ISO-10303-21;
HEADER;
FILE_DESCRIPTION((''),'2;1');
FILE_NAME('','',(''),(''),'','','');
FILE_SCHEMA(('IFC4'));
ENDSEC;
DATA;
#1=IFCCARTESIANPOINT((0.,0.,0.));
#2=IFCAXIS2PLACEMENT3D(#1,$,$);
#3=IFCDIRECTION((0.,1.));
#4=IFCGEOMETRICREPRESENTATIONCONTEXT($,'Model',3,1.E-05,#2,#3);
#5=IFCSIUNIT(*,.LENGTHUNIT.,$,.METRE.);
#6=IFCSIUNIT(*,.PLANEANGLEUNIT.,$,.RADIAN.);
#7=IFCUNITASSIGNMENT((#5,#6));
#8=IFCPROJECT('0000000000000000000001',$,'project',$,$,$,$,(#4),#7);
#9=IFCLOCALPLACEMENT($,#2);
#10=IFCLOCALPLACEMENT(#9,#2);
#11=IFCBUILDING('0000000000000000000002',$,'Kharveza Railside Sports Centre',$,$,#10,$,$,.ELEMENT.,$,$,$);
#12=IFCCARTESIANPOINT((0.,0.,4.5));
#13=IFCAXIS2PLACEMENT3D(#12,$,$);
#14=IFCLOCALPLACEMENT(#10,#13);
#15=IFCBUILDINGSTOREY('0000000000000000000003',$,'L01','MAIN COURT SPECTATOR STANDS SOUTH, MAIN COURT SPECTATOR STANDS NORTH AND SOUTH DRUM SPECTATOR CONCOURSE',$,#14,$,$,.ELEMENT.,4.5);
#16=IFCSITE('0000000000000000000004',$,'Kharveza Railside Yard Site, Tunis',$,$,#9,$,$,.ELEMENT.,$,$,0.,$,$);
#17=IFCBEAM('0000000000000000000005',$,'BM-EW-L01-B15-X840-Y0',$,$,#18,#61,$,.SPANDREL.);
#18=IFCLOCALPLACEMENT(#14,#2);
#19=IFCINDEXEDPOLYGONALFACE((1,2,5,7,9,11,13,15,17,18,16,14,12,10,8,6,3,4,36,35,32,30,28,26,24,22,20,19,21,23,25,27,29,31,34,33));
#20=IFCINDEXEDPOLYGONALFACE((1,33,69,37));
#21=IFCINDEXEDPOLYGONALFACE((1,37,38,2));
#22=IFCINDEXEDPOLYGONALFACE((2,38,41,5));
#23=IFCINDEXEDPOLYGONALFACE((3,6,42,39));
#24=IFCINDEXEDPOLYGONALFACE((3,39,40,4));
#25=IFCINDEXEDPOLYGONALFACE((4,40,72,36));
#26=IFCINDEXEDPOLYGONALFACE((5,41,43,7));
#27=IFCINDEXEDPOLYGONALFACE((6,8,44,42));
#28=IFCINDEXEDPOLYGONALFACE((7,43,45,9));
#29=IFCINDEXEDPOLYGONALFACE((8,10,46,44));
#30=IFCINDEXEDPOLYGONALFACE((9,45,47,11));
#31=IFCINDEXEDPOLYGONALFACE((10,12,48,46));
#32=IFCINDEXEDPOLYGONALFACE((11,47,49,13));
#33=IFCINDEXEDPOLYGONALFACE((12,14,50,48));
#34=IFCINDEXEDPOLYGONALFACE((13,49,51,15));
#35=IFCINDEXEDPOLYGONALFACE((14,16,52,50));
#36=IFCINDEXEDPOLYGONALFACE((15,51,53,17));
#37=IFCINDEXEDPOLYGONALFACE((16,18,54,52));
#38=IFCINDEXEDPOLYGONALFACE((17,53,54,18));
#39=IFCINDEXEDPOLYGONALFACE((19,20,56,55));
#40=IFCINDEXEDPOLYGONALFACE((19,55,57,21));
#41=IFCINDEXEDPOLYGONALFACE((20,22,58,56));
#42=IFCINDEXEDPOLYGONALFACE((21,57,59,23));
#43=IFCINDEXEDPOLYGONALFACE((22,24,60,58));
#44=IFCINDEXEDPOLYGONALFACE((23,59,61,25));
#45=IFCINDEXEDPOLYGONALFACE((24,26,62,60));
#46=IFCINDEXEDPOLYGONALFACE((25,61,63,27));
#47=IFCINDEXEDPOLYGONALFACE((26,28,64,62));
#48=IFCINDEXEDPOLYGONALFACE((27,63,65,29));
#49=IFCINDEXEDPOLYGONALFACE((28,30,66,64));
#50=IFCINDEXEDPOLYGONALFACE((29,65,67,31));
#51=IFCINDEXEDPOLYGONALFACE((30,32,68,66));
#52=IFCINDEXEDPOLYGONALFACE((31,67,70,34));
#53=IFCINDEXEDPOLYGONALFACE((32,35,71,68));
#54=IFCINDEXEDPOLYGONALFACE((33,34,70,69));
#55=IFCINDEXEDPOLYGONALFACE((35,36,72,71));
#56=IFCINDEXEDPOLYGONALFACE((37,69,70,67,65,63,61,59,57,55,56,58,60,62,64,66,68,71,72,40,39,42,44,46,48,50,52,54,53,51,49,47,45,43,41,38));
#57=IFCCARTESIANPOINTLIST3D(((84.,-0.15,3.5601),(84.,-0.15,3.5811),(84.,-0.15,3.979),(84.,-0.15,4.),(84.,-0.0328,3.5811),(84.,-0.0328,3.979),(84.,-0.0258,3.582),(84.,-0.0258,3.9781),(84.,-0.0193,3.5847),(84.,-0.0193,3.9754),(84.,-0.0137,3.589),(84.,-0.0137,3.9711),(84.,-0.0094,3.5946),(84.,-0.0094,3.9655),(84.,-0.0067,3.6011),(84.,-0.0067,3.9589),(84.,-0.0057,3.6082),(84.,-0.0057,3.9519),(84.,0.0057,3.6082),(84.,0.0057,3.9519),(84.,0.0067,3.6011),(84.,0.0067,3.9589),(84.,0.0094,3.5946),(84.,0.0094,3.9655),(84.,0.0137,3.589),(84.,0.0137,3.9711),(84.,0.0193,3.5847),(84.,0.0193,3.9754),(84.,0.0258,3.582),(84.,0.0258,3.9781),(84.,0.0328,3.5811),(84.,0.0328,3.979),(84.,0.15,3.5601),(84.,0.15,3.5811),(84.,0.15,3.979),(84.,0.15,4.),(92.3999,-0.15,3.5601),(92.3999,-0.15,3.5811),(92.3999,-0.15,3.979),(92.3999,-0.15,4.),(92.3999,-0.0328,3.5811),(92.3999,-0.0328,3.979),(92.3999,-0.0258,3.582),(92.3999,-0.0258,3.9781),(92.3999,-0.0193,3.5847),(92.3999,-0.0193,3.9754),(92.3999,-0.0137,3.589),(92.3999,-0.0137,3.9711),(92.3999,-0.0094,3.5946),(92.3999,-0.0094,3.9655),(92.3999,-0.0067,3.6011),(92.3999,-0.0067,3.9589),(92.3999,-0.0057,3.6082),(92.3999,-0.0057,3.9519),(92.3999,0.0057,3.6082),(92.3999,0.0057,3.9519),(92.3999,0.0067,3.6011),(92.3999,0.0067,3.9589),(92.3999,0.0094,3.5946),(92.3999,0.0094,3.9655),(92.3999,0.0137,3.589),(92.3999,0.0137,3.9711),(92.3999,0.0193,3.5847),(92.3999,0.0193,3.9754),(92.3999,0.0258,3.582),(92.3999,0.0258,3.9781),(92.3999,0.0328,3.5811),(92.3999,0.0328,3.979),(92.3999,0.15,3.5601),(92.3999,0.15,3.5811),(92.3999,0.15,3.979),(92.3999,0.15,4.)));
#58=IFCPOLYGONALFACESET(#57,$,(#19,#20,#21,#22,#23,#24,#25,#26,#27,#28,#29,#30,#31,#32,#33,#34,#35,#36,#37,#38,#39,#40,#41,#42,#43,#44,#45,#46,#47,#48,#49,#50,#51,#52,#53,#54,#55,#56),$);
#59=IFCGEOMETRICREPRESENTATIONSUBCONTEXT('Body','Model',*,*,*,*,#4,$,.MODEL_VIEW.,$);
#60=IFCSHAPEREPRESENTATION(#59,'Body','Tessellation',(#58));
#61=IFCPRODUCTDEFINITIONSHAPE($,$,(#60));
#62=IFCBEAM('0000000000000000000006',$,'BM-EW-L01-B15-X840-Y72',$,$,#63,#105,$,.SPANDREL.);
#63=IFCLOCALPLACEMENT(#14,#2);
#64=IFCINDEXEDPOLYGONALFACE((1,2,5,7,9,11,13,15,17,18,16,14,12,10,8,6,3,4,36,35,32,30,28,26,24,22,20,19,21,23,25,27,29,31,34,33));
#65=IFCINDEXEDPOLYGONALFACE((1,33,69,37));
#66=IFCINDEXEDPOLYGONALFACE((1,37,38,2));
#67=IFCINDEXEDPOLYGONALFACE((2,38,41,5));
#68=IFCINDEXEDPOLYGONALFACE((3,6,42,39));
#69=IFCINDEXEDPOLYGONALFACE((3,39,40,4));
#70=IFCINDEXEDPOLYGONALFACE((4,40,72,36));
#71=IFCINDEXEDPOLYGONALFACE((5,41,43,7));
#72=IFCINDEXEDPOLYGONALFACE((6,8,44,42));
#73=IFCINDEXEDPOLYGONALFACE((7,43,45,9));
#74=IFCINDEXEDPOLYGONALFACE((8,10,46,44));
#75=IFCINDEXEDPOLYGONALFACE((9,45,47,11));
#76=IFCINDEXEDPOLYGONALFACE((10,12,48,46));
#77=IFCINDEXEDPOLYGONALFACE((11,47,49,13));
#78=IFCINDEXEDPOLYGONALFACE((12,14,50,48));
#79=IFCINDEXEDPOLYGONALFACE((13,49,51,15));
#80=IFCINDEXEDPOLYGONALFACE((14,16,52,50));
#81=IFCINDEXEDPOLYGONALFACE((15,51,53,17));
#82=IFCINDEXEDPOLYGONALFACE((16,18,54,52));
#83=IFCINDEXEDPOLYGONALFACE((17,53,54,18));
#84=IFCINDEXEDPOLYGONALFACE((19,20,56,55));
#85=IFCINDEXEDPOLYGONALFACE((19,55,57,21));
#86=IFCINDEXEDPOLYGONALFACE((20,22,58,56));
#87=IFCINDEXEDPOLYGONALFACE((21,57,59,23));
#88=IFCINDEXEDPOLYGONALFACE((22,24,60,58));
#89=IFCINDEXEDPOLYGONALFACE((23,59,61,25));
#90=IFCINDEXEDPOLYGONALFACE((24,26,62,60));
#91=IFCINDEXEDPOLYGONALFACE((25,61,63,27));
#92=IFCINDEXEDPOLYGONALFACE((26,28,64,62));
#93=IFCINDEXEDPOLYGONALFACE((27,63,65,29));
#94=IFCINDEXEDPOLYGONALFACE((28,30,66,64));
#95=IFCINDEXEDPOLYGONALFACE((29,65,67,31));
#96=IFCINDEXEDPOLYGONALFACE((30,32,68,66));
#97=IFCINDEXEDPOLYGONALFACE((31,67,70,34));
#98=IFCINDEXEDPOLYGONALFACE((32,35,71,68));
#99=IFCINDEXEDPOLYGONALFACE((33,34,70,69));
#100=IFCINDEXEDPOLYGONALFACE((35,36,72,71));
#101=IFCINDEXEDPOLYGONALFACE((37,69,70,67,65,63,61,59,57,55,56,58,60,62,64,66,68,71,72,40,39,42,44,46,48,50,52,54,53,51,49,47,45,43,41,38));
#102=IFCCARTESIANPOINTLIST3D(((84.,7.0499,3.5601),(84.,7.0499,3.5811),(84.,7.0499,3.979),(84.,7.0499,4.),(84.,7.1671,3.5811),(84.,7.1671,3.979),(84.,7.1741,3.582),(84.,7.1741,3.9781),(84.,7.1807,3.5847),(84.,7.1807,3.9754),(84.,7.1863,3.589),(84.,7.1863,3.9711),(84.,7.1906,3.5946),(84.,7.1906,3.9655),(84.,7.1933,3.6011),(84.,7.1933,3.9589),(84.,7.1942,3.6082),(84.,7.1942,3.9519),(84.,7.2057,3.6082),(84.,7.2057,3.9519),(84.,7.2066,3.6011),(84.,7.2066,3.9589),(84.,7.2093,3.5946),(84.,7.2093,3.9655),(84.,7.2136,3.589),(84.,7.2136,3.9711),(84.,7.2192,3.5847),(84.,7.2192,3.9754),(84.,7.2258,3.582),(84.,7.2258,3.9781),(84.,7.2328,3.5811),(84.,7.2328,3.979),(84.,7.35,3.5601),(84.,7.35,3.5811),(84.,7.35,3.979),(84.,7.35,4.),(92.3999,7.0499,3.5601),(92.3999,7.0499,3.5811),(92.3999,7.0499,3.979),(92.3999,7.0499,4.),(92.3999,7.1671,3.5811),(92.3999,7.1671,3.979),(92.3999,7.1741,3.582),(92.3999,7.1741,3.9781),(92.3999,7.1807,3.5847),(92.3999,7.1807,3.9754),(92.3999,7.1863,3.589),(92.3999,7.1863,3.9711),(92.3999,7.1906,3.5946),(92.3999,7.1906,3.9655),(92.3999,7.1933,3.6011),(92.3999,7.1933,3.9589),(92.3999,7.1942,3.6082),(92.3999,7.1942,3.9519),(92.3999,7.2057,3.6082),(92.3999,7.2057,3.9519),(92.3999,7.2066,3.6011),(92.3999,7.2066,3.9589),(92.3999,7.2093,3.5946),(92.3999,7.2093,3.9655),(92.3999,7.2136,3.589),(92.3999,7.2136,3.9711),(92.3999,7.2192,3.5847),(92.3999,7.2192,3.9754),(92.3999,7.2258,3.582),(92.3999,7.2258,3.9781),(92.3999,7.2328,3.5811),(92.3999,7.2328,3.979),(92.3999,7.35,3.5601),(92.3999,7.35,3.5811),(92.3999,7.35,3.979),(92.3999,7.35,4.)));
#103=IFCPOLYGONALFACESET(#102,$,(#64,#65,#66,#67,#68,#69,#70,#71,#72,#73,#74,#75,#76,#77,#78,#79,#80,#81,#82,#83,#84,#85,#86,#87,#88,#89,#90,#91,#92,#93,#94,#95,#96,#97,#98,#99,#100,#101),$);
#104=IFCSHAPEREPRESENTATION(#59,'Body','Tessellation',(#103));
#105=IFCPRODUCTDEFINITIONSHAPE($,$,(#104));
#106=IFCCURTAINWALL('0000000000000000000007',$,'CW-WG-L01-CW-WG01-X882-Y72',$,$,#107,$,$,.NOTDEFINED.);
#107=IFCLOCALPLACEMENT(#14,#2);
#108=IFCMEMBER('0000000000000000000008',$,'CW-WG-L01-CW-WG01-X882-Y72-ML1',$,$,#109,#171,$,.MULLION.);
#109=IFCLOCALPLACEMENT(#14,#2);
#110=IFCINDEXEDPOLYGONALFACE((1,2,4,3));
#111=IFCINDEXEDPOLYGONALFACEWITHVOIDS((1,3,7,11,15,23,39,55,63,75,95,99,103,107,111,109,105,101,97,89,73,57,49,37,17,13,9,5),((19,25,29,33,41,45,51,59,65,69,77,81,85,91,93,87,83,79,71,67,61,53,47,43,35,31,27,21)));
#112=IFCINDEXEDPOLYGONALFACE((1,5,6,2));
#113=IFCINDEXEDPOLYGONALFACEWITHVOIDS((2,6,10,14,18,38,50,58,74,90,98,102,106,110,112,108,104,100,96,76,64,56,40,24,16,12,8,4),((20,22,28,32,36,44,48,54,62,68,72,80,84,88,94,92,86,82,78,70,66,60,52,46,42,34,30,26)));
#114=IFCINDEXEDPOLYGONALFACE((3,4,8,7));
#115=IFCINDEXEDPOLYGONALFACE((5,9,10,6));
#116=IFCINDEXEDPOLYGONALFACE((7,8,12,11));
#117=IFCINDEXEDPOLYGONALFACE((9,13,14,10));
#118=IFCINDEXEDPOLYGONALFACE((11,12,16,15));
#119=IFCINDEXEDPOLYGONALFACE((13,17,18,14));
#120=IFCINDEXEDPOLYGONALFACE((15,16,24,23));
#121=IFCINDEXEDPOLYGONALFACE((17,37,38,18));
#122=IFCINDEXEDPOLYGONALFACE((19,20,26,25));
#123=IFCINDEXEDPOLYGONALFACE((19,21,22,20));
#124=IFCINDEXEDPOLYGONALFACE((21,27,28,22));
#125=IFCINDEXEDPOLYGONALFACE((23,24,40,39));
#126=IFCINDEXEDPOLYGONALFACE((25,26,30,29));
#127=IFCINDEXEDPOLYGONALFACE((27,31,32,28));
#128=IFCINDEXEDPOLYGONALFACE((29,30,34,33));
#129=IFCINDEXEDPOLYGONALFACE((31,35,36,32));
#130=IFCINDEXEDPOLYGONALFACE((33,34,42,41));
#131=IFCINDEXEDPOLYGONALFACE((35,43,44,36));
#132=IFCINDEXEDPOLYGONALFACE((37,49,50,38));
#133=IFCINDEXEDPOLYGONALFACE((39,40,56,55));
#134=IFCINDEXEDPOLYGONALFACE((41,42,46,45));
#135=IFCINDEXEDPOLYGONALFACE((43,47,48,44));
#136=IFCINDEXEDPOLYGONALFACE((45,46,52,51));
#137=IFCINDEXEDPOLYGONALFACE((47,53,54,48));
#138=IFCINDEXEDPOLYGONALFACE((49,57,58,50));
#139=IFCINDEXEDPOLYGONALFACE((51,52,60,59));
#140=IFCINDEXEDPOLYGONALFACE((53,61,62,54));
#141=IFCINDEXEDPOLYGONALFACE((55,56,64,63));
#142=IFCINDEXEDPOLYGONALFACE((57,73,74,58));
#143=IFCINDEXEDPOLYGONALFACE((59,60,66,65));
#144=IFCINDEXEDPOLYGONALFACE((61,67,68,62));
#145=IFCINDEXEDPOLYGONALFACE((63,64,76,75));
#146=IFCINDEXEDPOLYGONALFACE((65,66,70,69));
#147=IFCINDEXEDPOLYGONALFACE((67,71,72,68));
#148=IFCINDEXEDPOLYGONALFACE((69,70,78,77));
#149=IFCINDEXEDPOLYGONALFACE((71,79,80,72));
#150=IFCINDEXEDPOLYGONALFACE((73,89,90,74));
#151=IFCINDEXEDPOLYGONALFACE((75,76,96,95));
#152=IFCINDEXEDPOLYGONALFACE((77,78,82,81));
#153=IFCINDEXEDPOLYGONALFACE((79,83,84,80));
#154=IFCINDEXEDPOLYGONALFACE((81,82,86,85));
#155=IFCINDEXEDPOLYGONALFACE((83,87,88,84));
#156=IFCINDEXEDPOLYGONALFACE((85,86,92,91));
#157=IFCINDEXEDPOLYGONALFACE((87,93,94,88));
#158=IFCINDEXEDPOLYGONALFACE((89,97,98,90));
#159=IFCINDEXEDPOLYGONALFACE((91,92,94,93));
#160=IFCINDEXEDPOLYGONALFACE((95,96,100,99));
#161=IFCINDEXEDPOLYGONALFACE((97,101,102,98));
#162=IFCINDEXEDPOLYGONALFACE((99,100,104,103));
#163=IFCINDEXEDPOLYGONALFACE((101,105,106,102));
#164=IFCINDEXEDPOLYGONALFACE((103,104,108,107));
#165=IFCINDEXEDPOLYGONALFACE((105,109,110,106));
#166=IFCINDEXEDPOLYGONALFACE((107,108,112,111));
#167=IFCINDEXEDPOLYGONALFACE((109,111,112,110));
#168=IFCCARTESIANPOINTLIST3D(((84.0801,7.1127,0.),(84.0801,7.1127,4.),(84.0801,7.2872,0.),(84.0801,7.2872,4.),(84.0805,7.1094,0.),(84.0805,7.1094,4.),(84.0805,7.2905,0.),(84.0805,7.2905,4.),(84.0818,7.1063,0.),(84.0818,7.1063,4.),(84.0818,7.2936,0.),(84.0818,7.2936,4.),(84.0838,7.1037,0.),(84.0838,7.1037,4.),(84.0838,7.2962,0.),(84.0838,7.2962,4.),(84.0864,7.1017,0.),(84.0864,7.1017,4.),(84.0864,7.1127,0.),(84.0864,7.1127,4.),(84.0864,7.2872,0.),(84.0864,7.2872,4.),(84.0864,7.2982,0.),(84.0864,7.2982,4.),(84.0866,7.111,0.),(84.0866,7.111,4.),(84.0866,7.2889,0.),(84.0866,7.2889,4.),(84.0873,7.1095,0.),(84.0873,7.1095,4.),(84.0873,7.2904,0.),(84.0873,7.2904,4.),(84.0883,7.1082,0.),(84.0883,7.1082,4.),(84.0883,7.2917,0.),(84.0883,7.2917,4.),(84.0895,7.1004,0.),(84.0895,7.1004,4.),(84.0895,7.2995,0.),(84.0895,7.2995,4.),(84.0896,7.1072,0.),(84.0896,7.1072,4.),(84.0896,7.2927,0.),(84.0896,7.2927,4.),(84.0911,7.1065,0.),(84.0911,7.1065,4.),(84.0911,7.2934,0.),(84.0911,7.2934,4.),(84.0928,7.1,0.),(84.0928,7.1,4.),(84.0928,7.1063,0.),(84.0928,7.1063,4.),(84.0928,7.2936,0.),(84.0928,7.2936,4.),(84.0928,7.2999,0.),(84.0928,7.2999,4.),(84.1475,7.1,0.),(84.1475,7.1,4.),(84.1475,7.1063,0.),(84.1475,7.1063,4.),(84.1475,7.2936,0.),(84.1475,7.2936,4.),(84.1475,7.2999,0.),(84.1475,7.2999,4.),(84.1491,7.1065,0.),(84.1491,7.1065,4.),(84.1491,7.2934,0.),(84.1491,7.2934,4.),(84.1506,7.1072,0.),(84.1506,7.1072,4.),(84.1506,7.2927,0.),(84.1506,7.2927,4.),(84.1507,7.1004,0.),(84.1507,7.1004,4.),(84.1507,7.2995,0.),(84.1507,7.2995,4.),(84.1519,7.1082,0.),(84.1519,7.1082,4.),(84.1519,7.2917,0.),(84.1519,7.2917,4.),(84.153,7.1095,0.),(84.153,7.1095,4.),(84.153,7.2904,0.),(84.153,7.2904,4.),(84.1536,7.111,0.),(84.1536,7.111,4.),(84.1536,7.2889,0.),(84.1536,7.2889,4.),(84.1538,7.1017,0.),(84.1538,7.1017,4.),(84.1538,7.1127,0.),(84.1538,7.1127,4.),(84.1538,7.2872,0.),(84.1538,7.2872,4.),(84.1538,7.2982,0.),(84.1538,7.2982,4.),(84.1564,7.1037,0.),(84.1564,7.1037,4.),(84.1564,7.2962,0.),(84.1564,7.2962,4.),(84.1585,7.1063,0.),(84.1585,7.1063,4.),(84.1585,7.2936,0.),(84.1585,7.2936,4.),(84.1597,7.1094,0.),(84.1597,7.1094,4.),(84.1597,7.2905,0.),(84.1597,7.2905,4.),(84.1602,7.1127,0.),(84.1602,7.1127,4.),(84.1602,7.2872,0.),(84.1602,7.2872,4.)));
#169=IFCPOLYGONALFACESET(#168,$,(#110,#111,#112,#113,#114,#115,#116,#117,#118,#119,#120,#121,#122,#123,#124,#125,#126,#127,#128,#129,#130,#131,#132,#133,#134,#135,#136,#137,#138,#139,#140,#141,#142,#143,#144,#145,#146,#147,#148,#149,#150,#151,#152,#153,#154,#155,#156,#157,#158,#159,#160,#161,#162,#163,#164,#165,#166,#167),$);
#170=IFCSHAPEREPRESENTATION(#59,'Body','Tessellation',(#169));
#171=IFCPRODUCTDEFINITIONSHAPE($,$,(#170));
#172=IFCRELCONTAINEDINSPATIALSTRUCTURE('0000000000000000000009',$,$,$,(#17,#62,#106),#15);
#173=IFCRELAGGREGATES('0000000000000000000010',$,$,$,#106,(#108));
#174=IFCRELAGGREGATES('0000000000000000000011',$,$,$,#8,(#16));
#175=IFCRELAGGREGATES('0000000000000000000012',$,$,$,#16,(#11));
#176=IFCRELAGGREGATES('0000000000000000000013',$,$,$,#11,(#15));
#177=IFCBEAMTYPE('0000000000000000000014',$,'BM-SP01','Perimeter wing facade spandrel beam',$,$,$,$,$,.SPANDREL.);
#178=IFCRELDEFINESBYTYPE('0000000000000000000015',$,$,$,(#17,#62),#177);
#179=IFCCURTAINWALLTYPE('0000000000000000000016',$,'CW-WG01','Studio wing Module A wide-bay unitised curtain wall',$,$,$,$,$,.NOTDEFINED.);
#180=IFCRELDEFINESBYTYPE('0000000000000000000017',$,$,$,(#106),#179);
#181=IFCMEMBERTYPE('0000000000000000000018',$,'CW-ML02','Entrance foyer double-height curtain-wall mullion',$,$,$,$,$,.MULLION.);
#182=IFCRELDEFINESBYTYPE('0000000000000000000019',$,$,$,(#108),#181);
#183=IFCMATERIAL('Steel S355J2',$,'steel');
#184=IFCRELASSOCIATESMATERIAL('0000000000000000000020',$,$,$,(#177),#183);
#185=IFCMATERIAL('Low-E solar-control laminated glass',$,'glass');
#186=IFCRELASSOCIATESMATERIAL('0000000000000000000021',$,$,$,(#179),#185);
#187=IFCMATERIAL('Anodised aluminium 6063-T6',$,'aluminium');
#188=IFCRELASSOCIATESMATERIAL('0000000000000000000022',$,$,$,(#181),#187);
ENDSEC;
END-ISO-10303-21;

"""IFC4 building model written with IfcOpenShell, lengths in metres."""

from ifc_helpers import new_model, si_unit, direction, frame, origin, origin_2d, place, context, subcontext, project, spatial, hollow_rectangle, i_section, extrude, material, material_profile, profile_set, type_object, element, aggregate, save


model = new_model("IFC4")

# Units and contexts
model_context = context("Model", 3, precision=1e-05, world=origin(), true_north=direction((0.0, 1.0)))
body_context = subcontext(model_context, "Body", "Model", "MODEL_VIEW")
ifc_project = project(units=[si_unit("LENGTHUNIT", "METRE"), si_unit("PLANEANGLEUNIT", "RADIAN")], contexts=[model_context])

# Site, building, storey
site_placement = place(None, origin())
site = spatial("IfcSite", under=ifc_project, at=site_placement, Name="Kharveza Railside Yard Site, Tunis", CompositionType="ELEMENT", RefElevation=0.0)
building_placement = place(site_placement, origin())
building = spatial("IfcBuilding", under=site, at=building_placement, Name="Kharveza Railside Sports Centre", CompositionType="ELEMENT")
storey_placement = place(building_placement, frame((0.0, 0.0, 4.5)))
storey = spatial("IfcBuildingStorey", under=building, at=storey_placement, Name="L01", Description="MAIN COURT SPECTATOR STANDS SOUTH, MAIN COURT SPECTATOR STANDS NORTH AND SOUTH DRUM SPECTATOR CONCOURSE", CompositionType="ELEMENT", Elevation=4.5)

# Shared definitions
ifc_material_1 = material(Name="Steel S355J2", Category="steel")

# Beams
ifc_material_profile_1 = material_profile(ifc_material_1, i_section(OverallWidth=0.3, OverallDepth=0.4399, WebThickness=0.0115, FlangeThickness=0.021, FilletRadius=0.0271, at=origin_2d()), Name="HEA 450")
ifc_profile_set_1 = profile_set([ifc_material_profile_1], Name="Steel S355J2")
beam_type_1 = type_object("IfcBeamType", Name="BM-SP01", Description="Perimeter wing facade spandrel beam", PredefinedType="SPANDREL", material=ifc_profile_set_1)
for number, where, z_axis, x_axis, name in (
    (1, (84.0, 0.0, 3.78), (1.0, 0.0, 0.0), (0.0, 1.0, 0.0), "BM-EW-L01-B15-X840-Y0"),
    (2, (84.0, 7.2, 3.78), (1.0, 0.0, 0.0), (0.0, 1.0, 0.0), "BM-EW-L01-B15-X840-Y72"),
):
    element("IfcBeam", number, at=place(storey_placement, frame(where, z_axis=z_axis, x_axis=x_axis)), inside=storey, type_object=beam_type_1, Name=name, PredefinedType="SPANDREL", context=body_context, shape_type="SweptSolid", body=[
        extrude(i_section(OverallWidth=0.3, OverallDepth=0.4399, WebThickness=0.0115, FlangeThickness=0.021, FilletRadius=0.0271, at=origin_2d()), origin(), (0.0, 0.0, 1.0), 8.3999),
    ])

# Curtain wall, member
ifc_material_2 = material(Name="Low-E solar-control laminated glass", Category="glass")
curtain_wall_type = type_object("IfcCurtainWallType", Name="CW-WG01", Description="Studio wing Module A wide-bay unitised curtain wall", PredefinedType="NOTDEFINED", material=ifc_material_2)
curtain_wall_placement = place(storey_placement, origin())
curtain_wall = element("IfcCurtainWall", 3, at=curtain_wall_placement, inside=storey, type_object=curtain_wall_type, Name="CW-WG-L01-CW-WG01-X882-Y72", PredefinedType="NOTDEFINED")
ifc_material_3 = material(Name="Anodised aluminium 6063-T6", Category="aluminium")
ifc_material_profile_2 = material_profile(ifc_material_3, hollow_rectangle(XDim=0.0801, YDim=0.2, WallThickness=0.0063, InnerFilletRadius=0.0063, OuterFilletRadius=0.0127, at=origin_2d()), Name="RHS 80x200x6.3")
ifc_profile_set_2 = profile_set([ifc_material_profile_2], Name="Anodised aluminium 6063-T6")
member_type_1 = type_object("IfcMemberType", Name="CW-ML02", Description="Entrance foyer double-height curtain-wall mullion", PredefinedType="MULLION", material=ifc_profile_set_2)
member_1_placement = place(storey_placement, frame((84.1201, 7.2, 0.0), z_axis=(0.0, 0.0, 1.0), x_axis=(1.0, 0.0, 0.0)))
member_1 = element("IfcMember", 4, at=member_1_placement, type_object=member_type_1, Name="CW-WG-L01-CW-WG01-X882-Y72-ML1", PredefinedType="MULLION", context=body_context, shape_type="SweptSolid", body=[
    extrude(hollow_rectangle(XDim=0.0801, YDim=0.2, WallThickness=0.0063, InnerFilletRadius=0.0063, OuterFilletRadius=0.0127, at=origin_2d()), origin(), (0.0, 0.0, 1.0), 4.0),
])
aggregate(curtain_wall, [member_1])

save(model, "model.ifc")
